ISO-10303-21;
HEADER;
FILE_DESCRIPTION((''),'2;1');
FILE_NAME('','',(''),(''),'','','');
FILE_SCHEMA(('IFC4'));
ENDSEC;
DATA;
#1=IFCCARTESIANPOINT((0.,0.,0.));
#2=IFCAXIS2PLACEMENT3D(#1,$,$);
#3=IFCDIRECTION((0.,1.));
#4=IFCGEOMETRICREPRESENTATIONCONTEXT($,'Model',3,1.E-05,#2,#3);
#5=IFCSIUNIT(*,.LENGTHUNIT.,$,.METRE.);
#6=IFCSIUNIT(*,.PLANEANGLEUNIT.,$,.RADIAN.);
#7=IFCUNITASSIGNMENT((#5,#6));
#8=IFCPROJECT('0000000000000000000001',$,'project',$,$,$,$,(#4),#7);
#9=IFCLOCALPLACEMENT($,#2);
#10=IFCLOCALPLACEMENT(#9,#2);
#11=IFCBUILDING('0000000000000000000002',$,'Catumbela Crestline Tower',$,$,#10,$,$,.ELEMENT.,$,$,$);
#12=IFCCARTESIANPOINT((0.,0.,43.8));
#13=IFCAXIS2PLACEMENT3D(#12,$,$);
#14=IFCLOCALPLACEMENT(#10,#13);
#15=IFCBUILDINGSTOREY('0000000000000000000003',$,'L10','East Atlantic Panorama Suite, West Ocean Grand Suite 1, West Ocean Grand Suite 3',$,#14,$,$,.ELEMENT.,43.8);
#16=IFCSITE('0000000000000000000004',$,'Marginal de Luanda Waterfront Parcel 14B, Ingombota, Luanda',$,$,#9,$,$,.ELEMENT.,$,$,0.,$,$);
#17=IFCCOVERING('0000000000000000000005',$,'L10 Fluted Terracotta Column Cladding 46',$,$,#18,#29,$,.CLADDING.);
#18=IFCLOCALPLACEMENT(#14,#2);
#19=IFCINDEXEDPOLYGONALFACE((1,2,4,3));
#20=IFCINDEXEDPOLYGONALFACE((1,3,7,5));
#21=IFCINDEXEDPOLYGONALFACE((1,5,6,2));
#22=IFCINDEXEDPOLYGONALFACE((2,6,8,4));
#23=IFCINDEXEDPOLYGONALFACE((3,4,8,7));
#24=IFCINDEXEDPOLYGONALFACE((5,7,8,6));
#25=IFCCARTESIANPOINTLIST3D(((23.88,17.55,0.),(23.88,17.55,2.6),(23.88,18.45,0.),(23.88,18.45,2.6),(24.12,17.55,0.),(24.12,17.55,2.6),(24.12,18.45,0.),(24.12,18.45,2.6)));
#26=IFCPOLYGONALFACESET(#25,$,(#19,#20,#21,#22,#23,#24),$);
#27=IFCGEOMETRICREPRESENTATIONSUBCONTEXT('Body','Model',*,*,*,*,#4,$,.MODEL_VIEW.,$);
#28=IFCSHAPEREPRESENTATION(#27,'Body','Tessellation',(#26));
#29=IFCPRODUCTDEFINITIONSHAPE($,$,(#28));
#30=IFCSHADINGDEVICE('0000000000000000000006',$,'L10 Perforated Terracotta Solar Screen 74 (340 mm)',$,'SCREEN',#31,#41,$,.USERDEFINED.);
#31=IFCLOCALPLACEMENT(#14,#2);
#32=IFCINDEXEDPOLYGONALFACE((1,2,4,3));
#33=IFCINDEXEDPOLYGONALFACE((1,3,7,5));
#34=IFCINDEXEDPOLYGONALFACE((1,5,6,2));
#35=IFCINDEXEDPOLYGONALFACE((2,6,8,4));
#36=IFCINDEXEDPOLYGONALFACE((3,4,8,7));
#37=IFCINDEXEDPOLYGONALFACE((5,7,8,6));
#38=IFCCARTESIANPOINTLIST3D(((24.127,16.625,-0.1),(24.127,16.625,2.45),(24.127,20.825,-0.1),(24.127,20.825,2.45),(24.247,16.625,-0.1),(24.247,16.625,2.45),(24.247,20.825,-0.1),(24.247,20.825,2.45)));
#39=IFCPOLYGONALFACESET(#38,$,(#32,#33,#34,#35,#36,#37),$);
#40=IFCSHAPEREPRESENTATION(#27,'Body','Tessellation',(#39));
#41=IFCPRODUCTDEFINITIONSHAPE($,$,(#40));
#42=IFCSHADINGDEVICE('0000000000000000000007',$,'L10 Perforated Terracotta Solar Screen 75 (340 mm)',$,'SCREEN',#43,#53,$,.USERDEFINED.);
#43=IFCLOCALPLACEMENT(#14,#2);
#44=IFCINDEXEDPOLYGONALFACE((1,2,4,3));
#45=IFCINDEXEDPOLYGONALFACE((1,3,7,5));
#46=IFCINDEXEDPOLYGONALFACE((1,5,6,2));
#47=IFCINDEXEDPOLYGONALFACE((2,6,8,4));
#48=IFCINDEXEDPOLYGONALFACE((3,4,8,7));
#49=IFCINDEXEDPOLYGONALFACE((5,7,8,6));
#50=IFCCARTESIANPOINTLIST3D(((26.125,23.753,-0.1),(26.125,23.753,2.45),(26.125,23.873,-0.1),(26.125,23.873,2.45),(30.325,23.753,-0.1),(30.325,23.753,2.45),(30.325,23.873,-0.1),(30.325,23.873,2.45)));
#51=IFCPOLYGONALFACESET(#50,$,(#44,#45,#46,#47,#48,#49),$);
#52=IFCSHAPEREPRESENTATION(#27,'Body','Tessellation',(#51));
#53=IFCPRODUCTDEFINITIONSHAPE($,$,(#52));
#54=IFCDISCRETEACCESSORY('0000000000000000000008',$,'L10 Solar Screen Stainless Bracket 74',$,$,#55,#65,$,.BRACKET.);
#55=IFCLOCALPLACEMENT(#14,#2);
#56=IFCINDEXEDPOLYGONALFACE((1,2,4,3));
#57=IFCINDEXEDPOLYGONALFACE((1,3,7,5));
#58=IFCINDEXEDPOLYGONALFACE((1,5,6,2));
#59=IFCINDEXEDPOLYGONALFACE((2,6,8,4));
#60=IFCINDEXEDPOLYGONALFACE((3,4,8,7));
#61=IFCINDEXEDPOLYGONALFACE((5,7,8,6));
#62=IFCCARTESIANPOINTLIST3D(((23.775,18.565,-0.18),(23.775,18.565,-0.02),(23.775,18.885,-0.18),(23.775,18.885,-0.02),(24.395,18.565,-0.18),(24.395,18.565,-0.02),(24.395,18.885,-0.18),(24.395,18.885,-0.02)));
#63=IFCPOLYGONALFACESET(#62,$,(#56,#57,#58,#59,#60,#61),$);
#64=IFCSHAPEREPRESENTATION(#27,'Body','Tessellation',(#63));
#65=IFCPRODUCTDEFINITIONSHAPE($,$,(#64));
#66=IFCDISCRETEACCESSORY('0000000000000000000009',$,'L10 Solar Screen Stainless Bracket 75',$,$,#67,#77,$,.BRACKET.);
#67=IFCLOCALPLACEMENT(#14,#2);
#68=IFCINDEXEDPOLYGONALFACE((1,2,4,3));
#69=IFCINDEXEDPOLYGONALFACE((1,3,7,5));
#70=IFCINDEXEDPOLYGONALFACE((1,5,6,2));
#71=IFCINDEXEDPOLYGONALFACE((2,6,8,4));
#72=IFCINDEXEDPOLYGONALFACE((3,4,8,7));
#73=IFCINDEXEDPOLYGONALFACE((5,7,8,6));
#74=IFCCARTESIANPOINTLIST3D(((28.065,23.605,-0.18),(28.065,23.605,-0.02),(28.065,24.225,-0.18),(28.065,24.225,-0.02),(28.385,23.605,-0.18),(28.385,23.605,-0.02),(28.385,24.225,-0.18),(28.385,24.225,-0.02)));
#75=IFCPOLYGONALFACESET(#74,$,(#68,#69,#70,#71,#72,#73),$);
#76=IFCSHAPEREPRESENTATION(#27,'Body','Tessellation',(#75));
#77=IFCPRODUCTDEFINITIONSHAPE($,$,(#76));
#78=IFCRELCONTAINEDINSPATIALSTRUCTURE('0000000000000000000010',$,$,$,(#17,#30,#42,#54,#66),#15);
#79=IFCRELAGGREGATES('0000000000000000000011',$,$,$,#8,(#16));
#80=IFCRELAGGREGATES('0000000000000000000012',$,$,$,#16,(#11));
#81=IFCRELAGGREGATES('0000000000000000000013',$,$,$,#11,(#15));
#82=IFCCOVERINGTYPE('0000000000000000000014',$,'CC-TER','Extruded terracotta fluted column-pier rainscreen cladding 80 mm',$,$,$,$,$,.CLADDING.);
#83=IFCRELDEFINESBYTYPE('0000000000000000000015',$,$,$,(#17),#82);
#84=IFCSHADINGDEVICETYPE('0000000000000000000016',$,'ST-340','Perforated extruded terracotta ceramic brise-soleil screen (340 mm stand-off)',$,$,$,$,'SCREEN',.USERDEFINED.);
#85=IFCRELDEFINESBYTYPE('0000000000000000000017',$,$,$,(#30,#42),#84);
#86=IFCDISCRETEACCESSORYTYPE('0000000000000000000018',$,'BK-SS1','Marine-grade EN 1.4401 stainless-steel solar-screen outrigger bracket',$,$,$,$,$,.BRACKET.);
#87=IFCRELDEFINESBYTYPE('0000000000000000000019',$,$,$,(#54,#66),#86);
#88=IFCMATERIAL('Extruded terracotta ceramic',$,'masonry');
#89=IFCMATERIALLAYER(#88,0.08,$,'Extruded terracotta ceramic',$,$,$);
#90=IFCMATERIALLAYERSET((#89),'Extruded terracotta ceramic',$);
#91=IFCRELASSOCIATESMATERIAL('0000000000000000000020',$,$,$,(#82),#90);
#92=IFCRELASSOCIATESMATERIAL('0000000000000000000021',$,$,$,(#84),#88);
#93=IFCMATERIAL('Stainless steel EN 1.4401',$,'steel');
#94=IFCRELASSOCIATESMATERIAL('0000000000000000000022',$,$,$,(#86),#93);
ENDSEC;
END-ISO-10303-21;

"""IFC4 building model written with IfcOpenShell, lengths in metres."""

from ifc_helpers import new_model, si_unit, direction, frame, origin, origin_2d, place, context, subcontext, project, spatial, rectangle, extrude, material, layer, layer_set, type_object, element, save


model = new_model("IFC4")

# Units and contexts
model_context = context("Model", 3, precision=1e-05, world=origin(), true_north=direction((0.0, 1.0)))
body_context = subcontext(model_context, "Body", "Model", "MODEL_VIEW")
ifc_project = project(units=[si_unit("LENGTHUNIT", "METRE"), si_unit("PLANEANGLEUNIT", "RADIAN")], contexts=[model_context])

# Site, building, storey
site_placement = place(None, origin())
site = spatial("IfcSite", under=ifc_project, at=site_placement, Name="Marginal de Luanda Waterfront Parcel 14B, Ingombota, Luanda", CompositionType="ELEMENT", RefElevation=0.0)
building_placement = place(site_placement, origin())
building = spatial("IfcBuilding", under=site, at=building_placement, Name="Catumbela Crestline Tower", CompositionType="ELEMENT")
storey_placement = place(building_placement, frame((0.0, 0.0, 43.8)))
storey = spatial("IfcBuildingStorey", under=building, at=storey_placement, Name="L10", Description="East Atlantic Panorama Suite, West Ocean Grand Suite 1, West Ocean Grand Suite 3", CompositionType="ELEMENT", Elevation=43.8)

# Shared definitions
ifc_material_1 = material(Name="Stainless steel EN 1.4401", Category="steel")

# Covering
ifc_material_2 = material(Name="Extruded terracotta ceramic", Category="masonry")
ifc_layer_1 = layer(ifc_material_2, 0.08, Name="Extruded terracotta ceramic")
ifc_layer_set_1 = layer_set([ifc_layer_1], Name="Extruded terracotta ceramic")
covering_type = type_object("IfcCoveringType", Name="CC-TER", Description="Extruded terracotta fluted column-pier rainscreen cladding 80 mm", PredefinedType="CLADDING", material=ifc_layer_set_1)
covering_placement = place(storey_placement, frame((24.0, 18.0, 0.0), z_axis=(0.0, 0.0, 1.0), x_axis=(0.0, 1.0, 0.0)))
element("IfcCovering", 1, at=covering_placement, inside=storey, type_object=covering_type, Name="L10 Fluted Terracotta Column Cladding 46", PredefinedType="CLADDING", context=body_context, shape_type="SweptSolid", body=[
    extrude(rectangle(XDim=0.9, YDim=0.24, at=origin_2d()), origin(), (0.0, 0.0, 1.0), 2.6),
])

# Shading devices
shading_device_type = type_object("IfcShadingDeviceType", Name="ST-340", Description="Perforated extruded terracotta ceramic brise-soleil screen (340 mm stand-off)", ElementType="SCREEN", PredefinedType="USERDEFINED", material=ifc_material_2)
for number, where, z_axis, x_axis, name in (
    (2, (24.187, 18.725, -0.1), (0.0, 0.0, 1.0), (0.0, 1.0, 0.0), "L10 Perforated Terracotta Solar Screen 74 (340 mm)"),
    (3, (28.225, 23.813, -0.1), (0.0, 0.0, 1.0), (1.0, 0.0, 0.0), "L10 Perforated Terracotta Solar Screen 75 (340 mm)"),
):
    element("IfcShadingDevice", number, at=place(storey_placement, frame(where, z_axis=z_axis, x_axis=x_axis)), inside=storey, type_object=shading_device_type, Name=name, ObjectType="SCREEN", PredefinedType="USERDEFINED", context=body_context, shape_type="SweptSolid", body=[
        extrude(rectangle(XDim=4.2, YDim=0.12, at=origin_2d()), origin(), (0.0, 0.0, 1.0), 2.55),
    ])

# Discrete accessories
discrete_accessory_type = type_object("IfcDiscreteAccessoryType", Name="BK-SS1", Description="Marine-grade EN 1.4401 stainless-steel solar-screen outrigger bracket", PredefinedType="BRACKET", material=ifc_material_1)
for number, where, z_axis, x_axis, name in (
    (4, (24.085, 18.725, -0.18), (0.0, 0.0, 1.0), (0.0, 1.0, 0.0), "L10 Solar Screen Stainless Bracket 74"),
    (5, (28.225, 23.915, -0.18), (0.0, 0.0, 1.0), (1.0, 0.0, 0.0), "L10 Solar Screen Stainless Bracket 75"),
):
    element("IfcDiscreteAccessory", number, at=place(storey_placement, frame(where, z_axis=z_axis, x_axis=x_axis)), inside=storey, type_object=discrete_accessory_type, Name=name, PredefinedType="BRACKET", context=body_context, shape_type="SweptSolid", body=[
        extrude(rectangle(XDim=0.32, YDim=0.62, at=origin_2d()), origin(), (0.0, 0.0, 1.0), 0.16),
    ])

save(model, "model.ifc")
